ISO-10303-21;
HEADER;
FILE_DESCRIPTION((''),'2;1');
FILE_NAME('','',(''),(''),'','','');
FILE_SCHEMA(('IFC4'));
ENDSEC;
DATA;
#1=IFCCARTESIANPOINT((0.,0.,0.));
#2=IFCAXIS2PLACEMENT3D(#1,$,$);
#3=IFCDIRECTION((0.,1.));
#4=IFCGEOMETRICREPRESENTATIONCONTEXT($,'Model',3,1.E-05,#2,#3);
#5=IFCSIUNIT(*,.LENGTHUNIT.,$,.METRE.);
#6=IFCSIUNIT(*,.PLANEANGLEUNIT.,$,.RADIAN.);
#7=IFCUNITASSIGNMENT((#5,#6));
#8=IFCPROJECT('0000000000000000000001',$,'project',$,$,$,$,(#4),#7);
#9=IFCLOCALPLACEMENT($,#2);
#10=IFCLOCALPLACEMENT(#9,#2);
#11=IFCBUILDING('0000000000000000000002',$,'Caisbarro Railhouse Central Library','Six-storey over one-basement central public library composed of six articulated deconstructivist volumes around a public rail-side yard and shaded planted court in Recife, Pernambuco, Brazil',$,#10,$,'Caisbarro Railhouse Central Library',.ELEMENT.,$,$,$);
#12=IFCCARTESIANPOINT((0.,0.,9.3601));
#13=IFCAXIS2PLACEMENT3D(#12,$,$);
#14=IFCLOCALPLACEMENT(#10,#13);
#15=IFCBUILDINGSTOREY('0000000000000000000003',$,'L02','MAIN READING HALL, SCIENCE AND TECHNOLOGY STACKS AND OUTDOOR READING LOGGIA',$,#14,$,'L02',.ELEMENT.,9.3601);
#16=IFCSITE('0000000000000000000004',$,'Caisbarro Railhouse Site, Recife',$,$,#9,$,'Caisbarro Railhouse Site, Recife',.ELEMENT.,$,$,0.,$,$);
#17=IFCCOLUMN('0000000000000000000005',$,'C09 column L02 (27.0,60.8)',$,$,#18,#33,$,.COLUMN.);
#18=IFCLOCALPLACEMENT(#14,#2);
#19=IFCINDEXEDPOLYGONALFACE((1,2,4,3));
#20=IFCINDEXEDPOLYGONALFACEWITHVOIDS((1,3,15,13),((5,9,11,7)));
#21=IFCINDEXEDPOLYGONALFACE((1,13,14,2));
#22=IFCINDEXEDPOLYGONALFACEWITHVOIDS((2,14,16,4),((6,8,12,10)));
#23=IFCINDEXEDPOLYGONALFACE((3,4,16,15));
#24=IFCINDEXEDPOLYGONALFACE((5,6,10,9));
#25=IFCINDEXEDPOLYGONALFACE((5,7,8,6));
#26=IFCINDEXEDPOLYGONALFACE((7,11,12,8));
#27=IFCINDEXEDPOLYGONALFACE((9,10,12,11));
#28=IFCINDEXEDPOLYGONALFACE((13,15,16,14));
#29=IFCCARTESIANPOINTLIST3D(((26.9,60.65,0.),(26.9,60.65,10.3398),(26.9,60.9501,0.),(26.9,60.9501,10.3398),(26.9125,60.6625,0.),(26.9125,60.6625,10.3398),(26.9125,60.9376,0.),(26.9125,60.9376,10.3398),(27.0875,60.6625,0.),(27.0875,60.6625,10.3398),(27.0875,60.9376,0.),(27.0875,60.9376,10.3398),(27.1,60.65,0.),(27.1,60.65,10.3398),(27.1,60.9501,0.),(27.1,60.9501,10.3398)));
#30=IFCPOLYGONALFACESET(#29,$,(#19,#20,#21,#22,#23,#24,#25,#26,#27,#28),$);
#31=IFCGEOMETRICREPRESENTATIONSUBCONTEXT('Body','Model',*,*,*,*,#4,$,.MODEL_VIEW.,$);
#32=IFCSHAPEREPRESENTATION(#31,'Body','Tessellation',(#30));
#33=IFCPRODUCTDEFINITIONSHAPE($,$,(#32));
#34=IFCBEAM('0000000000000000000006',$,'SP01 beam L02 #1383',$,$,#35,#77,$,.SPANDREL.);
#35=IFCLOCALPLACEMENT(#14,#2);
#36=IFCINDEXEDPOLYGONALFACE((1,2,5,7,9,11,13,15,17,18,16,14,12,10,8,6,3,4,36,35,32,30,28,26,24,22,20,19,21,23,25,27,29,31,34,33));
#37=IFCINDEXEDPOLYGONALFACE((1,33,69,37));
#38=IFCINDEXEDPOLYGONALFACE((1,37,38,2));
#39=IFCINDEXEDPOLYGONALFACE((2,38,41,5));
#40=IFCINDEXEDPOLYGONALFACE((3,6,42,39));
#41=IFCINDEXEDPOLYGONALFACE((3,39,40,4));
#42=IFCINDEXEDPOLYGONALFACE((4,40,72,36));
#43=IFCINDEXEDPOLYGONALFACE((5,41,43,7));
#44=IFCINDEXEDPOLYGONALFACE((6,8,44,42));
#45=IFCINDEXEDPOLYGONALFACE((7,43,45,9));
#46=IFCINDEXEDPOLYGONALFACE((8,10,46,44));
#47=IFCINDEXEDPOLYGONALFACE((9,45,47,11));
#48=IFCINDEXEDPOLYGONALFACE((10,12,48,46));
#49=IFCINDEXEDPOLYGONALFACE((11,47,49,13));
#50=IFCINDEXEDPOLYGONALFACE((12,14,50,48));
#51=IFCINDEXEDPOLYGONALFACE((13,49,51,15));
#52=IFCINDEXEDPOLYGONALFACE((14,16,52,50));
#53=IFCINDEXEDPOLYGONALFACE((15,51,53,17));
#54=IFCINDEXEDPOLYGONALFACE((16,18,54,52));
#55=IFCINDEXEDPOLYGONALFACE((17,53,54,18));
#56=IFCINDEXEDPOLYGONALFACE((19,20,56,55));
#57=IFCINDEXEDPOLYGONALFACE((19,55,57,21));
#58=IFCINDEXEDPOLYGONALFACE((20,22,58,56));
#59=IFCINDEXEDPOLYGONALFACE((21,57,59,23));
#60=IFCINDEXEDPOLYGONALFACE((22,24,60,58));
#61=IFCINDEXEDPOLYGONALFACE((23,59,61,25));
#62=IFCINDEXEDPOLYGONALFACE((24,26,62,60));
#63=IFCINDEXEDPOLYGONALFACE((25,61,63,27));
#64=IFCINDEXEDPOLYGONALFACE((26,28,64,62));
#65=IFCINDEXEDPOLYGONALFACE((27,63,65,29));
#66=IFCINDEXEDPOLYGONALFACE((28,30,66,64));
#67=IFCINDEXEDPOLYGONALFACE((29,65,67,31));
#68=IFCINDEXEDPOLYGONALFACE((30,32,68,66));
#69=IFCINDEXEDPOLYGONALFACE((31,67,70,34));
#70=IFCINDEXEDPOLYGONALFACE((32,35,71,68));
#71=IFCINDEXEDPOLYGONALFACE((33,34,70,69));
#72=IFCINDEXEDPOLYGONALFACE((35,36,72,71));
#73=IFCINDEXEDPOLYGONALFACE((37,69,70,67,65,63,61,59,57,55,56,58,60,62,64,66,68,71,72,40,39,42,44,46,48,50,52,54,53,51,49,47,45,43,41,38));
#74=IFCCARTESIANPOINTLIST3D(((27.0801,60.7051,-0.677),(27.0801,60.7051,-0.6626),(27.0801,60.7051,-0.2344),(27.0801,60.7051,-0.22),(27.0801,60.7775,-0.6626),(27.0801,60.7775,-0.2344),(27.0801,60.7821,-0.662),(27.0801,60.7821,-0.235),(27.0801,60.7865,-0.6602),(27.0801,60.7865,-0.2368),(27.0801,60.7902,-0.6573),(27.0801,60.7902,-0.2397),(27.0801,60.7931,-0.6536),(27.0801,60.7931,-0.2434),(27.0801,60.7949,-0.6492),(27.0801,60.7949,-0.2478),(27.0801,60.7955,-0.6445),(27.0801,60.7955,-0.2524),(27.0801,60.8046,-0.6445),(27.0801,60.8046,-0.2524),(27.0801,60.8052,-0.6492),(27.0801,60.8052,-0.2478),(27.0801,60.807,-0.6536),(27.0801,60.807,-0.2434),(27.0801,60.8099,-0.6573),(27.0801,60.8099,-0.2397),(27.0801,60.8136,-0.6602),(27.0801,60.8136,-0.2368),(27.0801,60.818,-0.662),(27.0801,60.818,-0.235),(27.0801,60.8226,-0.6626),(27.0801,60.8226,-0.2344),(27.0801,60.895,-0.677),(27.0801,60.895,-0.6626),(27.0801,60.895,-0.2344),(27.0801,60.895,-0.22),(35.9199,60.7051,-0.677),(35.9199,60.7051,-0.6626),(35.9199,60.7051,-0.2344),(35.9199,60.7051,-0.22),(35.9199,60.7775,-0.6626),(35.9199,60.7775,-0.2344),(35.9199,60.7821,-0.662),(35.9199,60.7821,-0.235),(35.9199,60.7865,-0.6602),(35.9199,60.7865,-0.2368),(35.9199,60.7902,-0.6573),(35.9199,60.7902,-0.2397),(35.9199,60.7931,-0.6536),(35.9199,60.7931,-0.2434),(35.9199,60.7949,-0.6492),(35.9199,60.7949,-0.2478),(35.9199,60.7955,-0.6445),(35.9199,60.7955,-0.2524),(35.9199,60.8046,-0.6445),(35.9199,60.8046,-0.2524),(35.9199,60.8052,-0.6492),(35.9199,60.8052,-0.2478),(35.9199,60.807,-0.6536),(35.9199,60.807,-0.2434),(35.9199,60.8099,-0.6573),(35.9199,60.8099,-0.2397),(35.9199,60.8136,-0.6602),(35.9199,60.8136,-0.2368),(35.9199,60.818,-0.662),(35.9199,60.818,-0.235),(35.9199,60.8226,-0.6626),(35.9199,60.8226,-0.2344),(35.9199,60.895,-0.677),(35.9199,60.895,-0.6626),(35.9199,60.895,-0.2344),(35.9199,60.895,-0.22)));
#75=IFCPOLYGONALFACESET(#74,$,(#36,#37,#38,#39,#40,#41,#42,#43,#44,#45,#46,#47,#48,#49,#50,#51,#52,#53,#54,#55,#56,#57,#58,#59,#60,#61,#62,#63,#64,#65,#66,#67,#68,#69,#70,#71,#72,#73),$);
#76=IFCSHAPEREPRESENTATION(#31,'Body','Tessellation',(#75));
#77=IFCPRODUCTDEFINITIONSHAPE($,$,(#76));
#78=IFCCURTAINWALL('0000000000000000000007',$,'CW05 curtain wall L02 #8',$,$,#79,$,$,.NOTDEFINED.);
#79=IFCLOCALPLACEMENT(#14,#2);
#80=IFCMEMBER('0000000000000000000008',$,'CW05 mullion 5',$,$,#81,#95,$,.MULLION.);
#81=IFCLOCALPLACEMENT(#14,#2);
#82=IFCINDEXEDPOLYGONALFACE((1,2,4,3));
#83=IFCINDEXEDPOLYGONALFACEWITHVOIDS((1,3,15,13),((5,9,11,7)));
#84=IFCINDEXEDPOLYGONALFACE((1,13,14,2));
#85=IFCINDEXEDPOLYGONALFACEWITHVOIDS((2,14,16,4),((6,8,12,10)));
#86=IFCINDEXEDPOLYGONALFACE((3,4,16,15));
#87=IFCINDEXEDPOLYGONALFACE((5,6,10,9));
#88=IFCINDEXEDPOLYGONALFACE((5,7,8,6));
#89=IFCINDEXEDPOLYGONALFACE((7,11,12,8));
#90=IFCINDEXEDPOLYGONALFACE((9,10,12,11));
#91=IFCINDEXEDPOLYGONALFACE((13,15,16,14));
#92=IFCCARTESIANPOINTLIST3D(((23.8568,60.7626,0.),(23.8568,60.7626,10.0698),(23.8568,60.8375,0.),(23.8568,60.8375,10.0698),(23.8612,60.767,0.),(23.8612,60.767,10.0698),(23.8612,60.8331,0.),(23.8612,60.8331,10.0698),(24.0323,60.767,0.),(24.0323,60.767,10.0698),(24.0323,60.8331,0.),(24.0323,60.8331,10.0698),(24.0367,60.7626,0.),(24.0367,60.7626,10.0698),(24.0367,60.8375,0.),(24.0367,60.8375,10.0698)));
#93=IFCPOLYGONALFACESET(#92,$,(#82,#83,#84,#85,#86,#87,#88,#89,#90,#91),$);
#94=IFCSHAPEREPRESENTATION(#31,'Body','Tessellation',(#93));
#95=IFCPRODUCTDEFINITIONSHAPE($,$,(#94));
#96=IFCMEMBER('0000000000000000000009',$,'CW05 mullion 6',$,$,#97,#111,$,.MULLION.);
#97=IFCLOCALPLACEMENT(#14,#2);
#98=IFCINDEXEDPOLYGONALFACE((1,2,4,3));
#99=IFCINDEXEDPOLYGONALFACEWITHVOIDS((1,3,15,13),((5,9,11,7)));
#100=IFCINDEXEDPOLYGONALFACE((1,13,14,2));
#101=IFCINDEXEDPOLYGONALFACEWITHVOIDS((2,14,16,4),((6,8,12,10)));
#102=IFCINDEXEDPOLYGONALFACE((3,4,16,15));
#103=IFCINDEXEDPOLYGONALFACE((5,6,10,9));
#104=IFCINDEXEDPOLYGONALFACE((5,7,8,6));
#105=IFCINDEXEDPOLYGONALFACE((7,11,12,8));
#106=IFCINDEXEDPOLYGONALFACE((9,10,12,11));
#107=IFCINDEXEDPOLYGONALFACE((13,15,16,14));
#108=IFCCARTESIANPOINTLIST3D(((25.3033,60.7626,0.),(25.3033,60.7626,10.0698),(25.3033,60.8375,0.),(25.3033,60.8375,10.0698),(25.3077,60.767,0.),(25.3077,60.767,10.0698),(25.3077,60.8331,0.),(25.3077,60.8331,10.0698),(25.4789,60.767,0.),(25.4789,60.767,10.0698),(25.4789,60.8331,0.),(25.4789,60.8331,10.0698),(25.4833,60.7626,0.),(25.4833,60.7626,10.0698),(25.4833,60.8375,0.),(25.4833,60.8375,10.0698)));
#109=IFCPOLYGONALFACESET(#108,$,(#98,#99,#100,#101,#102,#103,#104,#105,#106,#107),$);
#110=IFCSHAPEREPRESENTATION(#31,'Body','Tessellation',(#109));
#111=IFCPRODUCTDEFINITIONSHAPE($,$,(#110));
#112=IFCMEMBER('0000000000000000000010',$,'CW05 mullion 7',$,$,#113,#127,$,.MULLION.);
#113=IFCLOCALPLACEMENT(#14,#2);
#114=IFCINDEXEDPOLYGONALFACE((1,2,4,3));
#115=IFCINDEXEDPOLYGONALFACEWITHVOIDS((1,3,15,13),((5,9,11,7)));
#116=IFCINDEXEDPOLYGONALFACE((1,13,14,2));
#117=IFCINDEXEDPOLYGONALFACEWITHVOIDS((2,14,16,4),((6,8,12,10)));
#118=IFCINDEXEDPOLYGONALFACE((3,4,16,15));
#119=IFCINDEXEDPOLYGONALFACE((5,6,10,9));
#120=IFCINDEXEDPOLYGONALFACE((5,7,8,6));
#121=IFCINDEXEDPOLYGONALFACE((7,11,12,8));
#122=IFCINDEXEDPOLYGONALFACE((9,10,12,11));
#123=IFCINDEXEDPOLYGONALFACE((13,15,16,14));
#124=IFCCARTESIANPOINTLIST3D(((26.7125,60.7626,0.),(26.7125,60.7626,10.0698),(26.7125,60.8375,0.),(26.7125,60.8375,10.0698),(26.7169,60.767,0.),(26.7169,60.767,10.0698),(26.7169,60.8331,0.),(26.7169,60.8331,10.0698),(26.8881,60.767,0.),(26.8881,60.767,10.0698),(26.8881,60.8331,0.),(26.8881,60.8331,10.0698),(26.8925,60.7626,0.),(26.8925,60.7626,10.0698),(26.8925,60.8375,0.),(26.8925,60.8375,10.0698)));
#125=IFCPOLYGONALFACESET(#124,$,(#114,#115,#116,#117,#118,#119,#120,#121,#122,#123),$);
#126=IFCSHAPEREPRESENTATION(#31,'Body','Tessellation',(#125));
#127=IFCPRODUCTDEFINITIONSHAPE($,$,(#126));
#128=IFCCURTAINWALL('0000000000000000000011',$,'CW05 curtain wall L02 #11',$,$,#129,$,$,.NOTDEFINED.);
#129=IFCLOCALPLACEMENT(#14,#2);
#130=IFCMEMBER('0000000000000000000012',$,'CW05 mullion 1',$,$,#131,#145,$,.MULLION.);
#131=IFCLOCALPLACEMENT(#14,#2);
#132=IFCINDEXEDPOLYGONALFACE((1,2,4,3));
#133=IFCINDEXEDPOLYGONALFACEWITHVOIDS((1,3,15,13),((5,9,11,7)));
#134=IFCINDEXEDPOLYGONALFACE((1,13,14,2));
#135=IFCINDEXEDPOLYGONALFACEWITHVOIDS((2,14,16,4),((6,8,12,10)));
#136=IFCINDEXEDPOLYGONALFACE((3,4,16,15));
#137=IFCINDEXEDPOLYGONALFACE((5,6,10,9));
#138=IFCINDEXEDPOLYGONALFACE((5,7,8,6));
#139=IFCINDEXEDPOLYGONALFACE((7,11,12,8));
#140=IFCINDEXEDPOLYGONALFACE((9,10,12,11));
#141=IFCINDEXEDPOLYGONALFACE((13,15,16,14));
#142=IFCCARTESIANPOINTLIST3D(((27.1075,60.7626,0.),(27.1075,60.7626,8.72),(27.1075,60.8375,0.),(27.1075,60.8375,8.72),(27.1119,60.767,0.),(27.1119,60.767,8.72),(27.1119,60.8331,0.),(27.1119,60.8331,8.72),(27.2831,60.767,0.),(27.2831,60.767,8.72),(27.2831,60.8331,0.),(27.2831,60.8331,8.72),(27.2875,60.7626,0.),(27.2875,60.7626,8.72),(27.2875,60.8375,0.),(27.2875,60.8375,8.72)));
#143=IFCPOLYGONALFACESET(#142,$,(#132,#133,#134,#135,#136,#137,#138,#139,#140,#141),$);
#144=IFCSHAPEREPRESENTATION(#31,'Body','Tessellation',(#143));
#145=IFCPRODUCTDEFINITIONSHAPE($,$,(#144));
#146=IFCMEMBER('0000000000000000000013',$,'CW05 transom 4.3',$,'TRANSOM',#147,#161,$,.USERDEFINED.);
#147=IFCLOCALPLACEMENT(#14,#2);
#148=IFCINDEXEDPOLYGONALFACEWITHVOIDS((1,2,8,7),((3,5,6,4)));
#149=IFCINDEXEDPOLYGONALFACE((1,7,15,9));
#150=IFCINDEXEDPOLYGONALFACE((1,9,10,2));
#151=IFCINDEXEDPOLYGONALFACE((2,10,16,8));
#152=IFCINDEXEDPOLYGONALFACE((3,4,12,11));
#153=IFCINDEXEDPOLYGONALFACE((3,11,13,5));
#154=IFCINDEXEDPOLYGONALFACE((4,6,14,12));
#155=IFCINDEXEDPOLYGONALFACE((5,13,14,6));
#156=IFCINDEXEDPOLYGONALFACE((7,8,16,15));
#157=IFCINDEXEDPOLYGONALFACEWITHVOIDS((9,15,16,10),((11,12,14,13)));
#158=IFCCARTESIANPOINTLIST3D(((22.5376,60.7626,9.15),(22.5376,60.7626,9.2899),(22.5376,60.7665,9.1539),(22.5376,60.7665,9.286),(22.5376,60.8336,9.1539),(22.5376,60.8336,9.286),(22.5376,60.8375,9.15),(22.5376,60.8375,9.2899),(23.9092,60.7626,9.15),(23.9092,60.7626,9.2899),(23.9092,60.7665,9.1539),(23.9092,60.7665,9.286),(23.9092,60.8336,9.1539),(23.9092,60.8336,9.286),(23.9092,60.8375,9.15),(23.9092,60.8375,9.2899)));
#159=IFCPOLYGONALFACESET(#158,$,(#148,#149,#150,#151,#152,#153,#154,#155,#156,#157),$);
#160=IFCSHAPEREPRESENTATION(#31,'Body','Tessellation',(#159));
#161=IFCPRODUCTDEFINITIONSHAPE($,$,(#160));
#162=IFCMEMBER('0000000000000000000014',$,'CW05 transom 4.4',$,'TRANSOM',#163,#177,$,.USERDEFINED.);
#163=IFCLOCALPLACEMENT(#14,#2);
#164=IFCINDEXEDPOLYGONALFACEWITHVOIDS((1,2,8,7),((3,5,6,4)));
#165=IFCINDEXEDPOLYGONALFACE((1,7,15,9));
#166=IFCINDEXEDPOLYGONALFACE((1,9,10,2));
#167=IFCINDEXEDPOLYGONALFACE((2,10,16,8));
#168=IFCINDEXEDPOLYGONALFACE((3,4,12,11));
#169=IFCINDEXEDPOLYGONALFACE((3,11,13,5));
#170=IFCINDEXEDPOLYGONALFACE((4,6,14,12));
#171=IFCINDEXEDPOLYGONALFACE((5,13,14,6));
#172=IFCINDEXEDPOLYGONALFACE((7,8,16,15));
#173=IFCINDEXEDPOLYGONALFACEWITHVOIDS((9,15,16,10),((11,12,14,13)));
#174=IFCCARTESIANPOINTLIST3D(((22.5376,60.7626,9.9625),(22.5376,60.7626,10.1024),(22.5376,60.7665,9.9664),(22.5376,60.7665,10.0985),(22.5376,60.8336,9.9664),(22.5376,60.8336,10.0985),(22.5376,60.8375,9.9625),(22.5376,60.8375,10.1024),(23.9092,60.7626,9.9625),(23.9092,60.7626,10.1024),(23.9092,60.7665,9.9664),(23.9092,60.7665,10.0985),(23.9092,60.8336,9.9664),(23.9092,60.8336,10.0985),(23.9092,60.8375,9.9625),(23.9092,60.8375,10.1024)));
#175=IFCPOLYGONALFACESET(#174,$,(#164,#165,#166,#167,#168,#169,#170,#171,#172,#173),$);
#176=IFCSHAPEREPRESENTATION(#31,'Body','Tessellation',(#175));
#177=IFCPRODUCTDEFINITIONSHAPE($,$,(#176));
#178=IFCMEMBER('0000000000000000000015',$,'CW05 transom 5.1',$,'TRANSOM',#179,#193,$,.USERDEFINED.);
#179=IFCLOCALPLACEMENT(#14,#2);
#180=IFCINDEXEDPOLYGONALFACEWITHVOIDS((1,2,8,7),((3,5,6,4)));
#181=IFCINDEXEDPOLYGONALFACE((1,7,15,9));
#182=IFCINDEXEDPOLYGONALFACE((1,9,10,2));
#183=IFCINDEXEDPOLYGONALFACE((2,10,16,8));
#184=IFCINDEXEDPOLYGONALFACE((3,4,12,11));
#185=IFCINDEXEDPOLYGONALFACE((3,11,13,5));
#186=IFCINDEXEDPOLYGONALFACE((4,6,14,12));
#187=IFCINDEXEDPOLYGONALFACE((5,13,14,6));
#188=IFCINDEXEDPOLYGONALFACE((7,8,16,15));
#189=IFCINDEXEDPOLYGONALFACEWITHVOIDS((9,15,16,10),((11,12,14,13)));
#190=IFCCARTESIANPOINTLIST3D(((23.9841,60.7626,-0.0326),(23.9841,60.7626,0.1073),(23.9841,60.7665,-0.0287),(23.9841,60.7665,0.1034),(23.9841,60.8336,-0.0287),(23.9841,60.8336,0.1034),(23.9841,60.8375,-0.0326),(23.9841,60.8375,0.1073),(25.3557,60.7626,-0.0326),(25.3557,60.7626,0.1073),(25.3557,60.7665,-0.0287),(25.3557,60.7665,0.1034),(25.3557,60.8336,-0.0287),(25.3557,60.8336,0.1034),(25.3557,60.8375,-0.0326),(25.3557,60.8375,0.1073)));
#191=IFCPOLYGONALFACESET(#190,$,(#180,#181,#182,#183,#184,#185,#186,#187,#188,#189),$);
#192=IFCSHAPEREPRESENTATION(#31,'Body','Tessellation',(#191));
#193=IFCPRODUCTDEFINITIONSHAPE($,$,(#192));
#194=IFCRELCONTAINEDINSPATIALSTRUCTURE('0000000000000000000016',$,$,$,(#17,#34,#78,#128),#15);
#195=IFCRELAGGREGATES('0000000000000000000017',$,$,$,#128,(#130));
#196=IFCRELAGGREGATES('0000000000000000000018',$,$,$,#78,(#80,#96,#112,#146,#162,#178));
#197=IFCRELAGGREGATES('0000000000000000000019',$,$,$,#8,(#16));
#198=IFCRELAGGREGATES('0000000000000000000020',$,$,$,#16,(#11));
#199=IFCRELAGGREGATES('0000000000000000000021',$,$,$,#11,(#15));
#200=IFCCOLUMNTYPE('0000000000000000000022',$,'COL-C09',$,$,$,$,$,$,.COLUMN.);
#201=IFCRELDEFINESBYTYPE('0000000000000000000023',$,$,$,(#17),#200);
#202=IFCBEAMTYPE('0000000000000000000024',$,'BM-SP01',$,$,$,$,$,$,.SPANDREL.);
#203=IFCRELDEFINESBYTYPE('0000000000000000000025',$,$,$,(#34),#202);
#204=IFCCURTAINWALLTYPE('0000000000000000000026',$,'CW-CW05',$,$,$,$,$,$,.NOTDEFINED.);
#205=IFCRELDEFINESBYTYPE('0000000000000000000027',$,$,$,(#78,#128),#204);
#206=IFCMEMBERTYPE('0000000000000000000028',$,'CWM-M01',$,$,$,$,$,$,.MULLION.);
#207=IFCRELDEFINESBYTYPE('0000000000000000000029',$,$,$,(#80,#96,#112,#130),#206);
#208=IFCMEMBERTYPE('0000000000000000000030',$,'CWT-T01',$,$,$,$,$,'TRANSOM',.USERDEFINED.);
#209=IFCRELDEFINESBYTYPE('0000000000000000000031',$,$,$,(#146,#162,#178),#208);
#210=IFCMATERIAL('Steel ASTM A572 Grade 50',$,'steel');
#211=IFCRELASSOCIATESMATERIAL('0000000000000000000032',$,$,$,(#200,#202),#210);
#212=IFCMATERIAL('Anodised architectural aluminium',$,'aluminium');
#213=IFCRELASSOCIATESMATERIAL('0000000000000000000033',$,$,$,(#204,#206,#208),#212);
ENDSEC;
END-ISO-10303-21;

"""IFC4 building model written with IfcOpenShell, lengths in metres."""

from ifc_helpers import new_model, si_unit, direction, frame, origin, origin_2d, place, context, subcontext, project, spatial, hollow_rectangle, i_section, extrude, material, material_profile, profile_set, type_object, element, aggregate, save


model = new_model("IFC4")

# Units and contexts
model_context = context("Model", 3, precision=1e-05, world=origin(), true_north=direction((0.0, 1.0)))
body_context = subcontext(model_context, "Body", "Model", "MODEL_VIEW")
ifc_project = project(units=[si_unit("LENGTHUNIT", "METRE"), si_unit("PLANEANGLEUNIT", "RADIAN")], contexts=[model_context])

# Site, building, storey
site_placement = place(None, origin())
site = spatial("IfcSite", under=ifc_project, at=site_placement, Name="Caisbarro Railhouse Site, Recife", LongName="Caisbarro Railhouse Site, Recife", CompositionType="ELEMENT", RefElevation=0.0)
building_placement = place(site_placement, origin())
building = spatial("IfcBuilding", under=site, at=building_placement, Name="Caisbarro Railhouse Central Library", Description="Six-storey over one-basement central public library composed of six articulated deconstructivist volumes around a public rail-side yard and shaded planted court in Recife, Pernambuco, Brazil", LongName="Caisbarro Railhouse Central Library", CompositionType="ELEMENT")
storey_placement = place(building_placement, frame((0.0, 0.0, 9.3601)))
storey = spatial("IfcBuildingStorey", under=building, at=storey_placement, Name="L02", Description="MAIN READING HALL, SCIENCE AND TECHNOLOGY STACKS AND OUTDOOR READING LOGGIA", LongName="L02", CompositionType="ELEMENT", Elevation=9.3601)

# Column
ifc_material_1 = material(Name="Steel ASTM A572 Grade 50", Category="steel")
ifc_material_profile_1 = material_profile(ifc_material_1, hollow_rectangle(XDim=0.2, YDim=0.3, WallThickness=0.0125, at=origin_2d()), Name="HSS300X200X12.5")
ifc_profile_set_1 = profile_set([ifc_material_profile_1], Name="Steel ASTM A572 Grade 50")
column_type = type_object("IfcColumnType", Name="COL-C09", PredefinedType="COLUMN", material=ifc_profile_set_1)
column_placement = place(storey_placement, frame((27.0, 60.8, 0.0), z_axis=(0.0, 0.0, 1.0), x_axis=(1.0, 0.0, 0.0)))
element("IfcColumn", 1, at=column_placement, inside=storey, type_object=column_type, Name="C09 column L02 (27.0,60.8)", PredefinedType="COLUMN", context=body_context, shape_type="SweptSolid", body=[
    extrude(hollow_rectangle(XDim=0.2, YDim=0.3, WallThickness=0.0125, at=origin_2d()), origin(), (0.0, 0.0, 1.0), 10.3398),
])

# Beam
ifc_material_profile_2 = material_profile(ifc_material_1, i_section(OverallWidth=0.1899, OverallDepth=0.457, WebThickness=0.009, FlangeThickness=0.0144, FilletRadius=0.0181, at=origin_2d()), Name="W460X74.0")
ifc_profile_set_2 = profile_set([ifc_material_profile_2], Name="Steel ASTM A572 Grade 50")
beam_type = type_object("IfcBeamType", Name="BM-SP01", PredefinedType="SPANDREL", material=ifc_profile_set_2)
beam_placement = place(storey_placement, frame((27.0801, 60.8, -0.4485), z_axis=(1.0, 0.0, 0.0), x_axis=(0.0, 1.0, 0.0)))
element("IfcBeam", 2, at=beam_placement, inside=storey, type_object=beam_type, Name="SP01 beam L02 #1383", PredefinedType="SPANDREL", context=body_context, shape_type="SweptSolid", body=[
    extrude(i_section(OverallWidth=0.1899, OverallDepth=0.457, WebThickness=0.009, FlangeThickness=0.0144, FilletRadius=0.0181, at=origin_2d()), origin(), (0.0, 0.0, 1.0), 8.8398),
])

# Curtain wall, members
ifc_material_2 = material(Name="Anodised architectural aluminium", Category="aluminium")
curtain_wall_type = type_object("IfcCurtainWallType", Name="CW-CW05", PredefinedType="NOTDEFINED", material=ifc_material_2)
curtain_wall_1_placement = place(storey_placement, origin())
curtain_wall_1 = element("IfcCurtainWall", 3, at=curtain_wall_1_placement, inside=storey, type_object=curtain_wall_type, Name="CW05 curtain wall L02 #8", PredefinedType="NOTDEFINED")
ifc_material_profile_3 = material_profile(ifc_material_2, hollow_rectangle(XDim=0.075, YDim=0.1799, WallThickness=0.0044, at=origin_2d()), Name="ALU-MUL-75X180")
ifc_profile_set_3 = profile_set([ifc_material_profile_3], Name="Anodised architectural aluminium")
member_type_1 = type_object("IfcMemberType", Name="CWM-M01", PredefinedType="MULLION", material=ifc_profile_set_3)
member_1_placement = place(storey_placement, frame((23.9468, 60.8, 0.0), z_axis=(0.0, 0.0, 1.0), x_axis=(0.0, 1.0, 0.0)))
member_1 = element("IfcMember", 4, at=member_1_placement, type_object=member_type_1, Name="CW05 mullion 5", PredefinedType="MULLION", context=body_context, shape_type="SweptSolid", body=[
    extrude(hollow_rectangle(XDim=0.075, YDim=0.1799, WallThickness=0.0044, at=origin_2d()), origin(), (0.0, 0.0, 1.0), 10.0698),
])
member_2_placement = place(storey_placement, frame((25.3933, 60.8, 0.0), z_axis=(0.0, 0.0, 1.0), x_axis=(0.0, 1.0, 0.0)))
member_2 = element("IfcMember", 5, at=member_2_placement, type_object=member_type_1, Name="CW05 mullion 6", PredefinedType="MULLION", context=body_context, shape_type="SweptSolid", body=[
    extrude(hollow_rectangle(XDim=0.075, YDim=0.1799, WallThickness=0.0044, at=origin_2d()), origin(), (0.0, 0.0, 1.0), 10.0698),
])
member_3_placement = place(storey_placement, frame((26.8025, 60.8, 0.0), z_axis=(0.0, 0.0, 1.0), x_axis=(0.0, 1.0, 0.0)))
member_3 = element("IfcMember", 6, at=member_3_placement, type_object=member_type_1, Name="CW05 mullion 7", PredefinedType="MULLION", context=body_context, shape_type="SweptSolid", body=[
    extrude(hollow_rectangle(XDim=0.075, YDim=0.1799, WallThickness=0.0044, at=origin_2d()), origin(), (0.0, 0.0, 1.0), 10.0698),
])

# Curtain wall, member
curtain_wall_2_placement = place(storey_placement, origin())
curtain_wall_2 = element("IfcCurtainWall", 7, at=curtain_wall_2_placement, inside=storey, type_object=curtain_wall_type, Name="CW05 curtain wall L02 #11", PredefinedType="NOTDEFINED")
member_4_placement = place(storey_placement, frame((27.1975, 60.8, 0.0), z_axis=(0.0, 0.0, 1.0), x_axis=(0.0, 1.0, 0.0)))
member_4 = element("IfcMember", 8, at=member_4_placement, type_object=member_type_1, Name="CW05 mullion 1", PredefinedType="MULLION", context=body_context, shape_type="SweptSolid", body=[
    extrude(hollow_rectangle(XDim=0.075, YDim=0.1799, WallThickness=0.0044, at=origin_2d()), origin(), (0.0, 0.0, 1.0), 8.72),
])

# Members
ifc_material_profile_4 = material_profile(ifc_material_2, hollow_rectangle(XDim=0.075, YDim=0.1399, WallThickness=0.0039, at=origin_2d()), Name="ALU-TRN-75X140")
ifc_profile_set_4 = profile_set([ifc_material_profile_4], Name="Anodised architectural aluminium")
member_type_2 = type_object("IfcMemberType", Name="CWT-T01", ElementType="TRANSOM", PredefinedType="USERDEFINED", material=ifc_profile_set_4)
member_5_placement = place(storey_placement, frame((22.5376, 60.8, 9.22), z_axis=(1.0, 0.0, 0.0), x_axis=(0.0, 1.0, 0.0)))
member_5 = element("IfcMember", 9, at=member_5_placement, type_object=member_type_2, Name="CW05 transom 4.3", ObjectType="TRANSOM", PredefinedType="USERDEFINED", context=body_context, shape_type="SweptSolid", body=[
    extrude(hollow_rectangle(XDim=0.075, YDim=0.1399, WallThickness=0.0039, at=origin_2d()), origin(), (0.0, 0.0, 1.0), 1.3716),
])
member_6_placement = place(storey_placement, frame((22.5376, 60.8, 10.0325), z_axis=(1.0, 0.0, 0.0), x_axis=(0.0, 1.0, 0.0)))
member_6 = element("IfcMember", 10, at=member_6_placement, type_object=member_type_2, Name="CW05 transom 4.4", ObjectType="TRANSOM", PredefinedType="USERDEFINED", context=body_context, shape_type="SweptSolid", body=[
    extrude(hollow_rectangle(XDim=0.075, YDim=0.1399, WallThickness=0.0039, at=origin_2d()), origin(), (0.0, 0.0, 1.0), 1.3716),
])
member_7_placement = place(storey_placement, frame((23.9841, 60.8, 0.0374), z_axis=(1.0, 0.0, 0.0), x_axis=(0.0, 1.0, 0.0)))
member_7 = element("IfcMember", 11, at=member_7_placement, type_object=member_type_2, Name="CW05 transom 5.1", ObjectType="TRANSOM", PredefinedType="USERDEFINED", context=body_context, shape_type="SweptSolid", body=[
    extrude(hollow_rectangle(XDim=0.075, YDim=0.1399, WallThickness=0.0039, at=origin_2d()), origin(), (0.0, 0.0, 1.0), 1.3716),
])
aggregate(curtain_wall_2, [member_4])

aggregate(curtain_wall_1, [member_1, member_2, member_3, member_5, member_6, member_7])

save(model, "model.ifc")
